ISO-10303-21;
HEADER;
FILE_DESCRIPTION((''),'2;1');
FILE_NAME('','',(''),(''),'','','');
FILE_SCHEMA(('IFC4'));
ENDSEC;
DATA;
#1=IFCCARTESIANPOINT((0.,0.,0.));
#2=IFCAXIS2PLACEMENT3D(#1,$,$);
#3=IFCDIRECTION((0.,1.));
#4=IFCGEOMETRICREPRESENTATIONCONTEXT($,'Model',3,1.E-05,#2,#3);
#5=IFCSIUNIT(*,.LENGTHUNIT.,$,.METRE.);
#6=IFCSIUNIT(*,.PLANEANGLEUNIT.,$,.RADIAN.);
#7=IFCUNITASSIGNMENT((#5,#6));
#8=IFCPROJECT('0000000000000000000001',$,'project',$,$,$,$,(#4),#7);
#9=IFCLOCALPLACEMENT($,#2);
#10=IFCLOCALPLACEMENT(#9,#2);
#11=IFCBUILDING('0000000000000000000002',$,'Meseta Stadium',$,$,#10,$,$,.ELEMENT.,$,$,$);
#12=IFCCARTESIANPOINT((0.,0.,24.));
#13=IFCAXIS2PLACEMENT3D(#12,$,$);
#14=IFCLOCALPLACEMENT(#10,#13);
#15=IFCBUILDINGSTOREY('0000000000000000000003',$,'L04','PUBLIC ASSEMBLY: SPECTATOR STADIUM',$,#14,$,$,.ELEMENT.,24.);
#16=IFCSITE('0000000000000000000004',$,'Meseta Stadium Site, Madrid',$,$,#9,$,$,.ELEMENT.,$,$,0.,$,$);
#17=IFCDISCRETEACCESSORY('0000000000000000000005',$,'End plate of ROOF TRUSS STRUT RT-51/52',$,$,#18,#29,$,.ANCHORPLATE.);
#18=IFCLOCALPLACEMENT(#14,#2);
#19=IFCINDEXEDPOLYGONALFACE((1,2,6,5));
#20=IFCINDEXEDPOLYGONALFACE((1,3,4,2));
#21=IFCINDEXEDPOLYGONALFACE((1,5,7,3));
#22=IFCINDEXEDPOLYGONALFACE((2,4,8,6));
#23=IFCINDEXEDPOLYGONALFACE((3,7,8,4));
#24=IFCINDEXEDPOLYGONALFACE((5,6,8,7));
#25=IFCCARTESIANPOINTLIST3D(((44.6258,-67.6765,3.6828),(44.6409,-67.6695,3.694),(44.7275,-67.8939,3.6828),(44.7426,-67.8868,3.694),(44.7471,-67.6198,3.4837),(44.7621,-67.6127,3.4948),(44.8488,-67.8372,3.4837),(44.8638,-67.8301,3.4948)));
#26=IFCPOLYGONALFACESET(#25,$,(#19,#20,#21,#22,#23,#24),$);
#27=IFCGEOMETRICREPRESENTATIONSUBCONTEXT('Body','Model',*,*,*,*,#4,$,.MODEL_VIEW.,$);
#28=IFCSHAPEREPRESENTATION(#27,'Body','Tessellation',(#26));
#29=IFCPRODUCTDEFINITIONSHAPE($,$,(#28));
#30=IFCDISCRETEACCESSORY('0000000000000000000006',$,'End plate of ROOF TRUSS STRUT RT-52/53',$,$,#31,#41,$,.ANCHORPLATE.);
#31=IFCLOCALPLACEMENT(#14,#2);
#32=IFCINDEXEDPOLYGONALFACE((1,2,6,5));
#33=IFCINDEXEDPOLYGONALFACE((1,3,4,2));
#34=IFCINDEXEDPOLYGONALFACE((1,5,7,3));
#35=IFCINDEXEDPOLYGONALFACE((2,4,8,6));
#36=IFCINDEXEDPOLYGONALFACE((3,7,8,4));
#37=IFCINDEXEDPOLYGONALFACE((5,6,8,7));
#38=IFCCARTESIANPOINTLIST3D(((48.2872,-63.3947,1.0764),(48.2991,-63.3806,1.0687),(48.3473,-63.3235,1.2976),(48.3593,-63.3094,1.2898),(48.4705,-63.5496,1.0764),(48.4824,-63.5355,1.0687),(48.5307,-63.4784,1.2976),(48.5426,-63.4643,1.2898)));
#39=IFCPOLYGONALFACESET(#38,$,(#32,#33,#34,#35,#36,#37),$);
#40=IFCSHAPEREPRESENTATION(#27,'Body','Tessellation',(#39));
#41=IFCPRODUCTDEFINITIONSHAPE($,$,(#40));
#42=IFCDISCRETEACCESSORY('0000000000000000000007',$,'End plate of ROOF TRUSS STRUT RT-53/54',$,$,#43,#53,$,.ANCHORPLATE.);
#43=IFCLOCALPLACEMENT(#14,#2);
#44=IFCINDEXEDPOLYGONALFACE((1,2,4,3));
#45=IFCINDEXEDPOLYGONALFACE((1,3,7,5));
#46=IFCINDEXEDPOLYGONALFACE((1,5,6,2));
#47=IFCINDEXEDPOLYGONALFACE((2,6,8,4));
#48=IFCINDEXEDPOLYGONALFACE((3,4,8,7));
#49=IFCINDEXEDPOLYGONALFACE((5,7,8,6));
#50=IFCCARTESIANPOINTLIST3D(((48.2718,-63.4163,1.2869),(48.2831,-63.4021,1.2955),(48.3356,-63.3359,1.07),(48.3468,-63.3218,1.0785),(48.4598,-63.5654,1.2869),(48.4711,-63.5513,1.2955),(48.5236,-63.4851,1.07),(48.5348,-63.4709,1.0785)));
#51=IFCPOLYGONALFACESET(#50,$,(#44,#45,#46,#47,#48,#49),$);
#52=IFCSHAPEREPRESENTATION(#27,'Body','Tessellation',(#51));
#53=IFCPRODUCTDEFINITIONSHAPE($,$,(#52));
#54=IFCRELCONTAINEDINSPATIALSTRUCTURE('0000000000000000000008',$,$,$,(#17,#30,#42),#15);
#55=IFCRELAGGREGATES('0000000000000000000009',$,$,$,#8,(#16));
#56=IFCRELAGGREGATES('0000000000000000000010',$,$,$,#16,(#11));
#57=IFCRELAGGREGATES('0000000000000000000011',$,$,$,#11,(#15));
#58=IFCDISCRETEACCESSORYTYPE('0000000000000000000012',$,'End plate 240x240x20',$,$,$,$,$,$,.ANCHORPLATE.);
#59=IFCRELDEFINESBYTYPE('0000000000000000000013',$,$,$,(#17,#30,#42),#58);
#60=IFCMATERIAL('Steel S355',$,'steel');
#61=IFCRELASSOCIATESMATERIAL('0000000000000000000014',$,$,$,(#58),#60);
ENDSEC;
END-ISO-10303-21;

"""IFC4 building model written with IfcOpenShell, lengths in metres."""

from ifc_helpers import new_model, si_unit, direction, frame, origin, origin_2d, place, context, subcontext, project, spatial, rectangle, extrude, material, material_profile, profile_set, type_object, element, save


model = new_model("IFC4")

# Units and contexts
model_context = context("Model", 3, precision=1e-05, world=origin(), true_north=direction((0.0, 1.0)))
body_context = subcontext(model_context, "Body", "Model", "MODEL_VIEW")
ifc_project = project(units=[si_unit("LENGTHUNIT", "METRE"), si_unit("PLANEANGLEUNIT", "RADIAN")], contexts=[model_context])

# Site, building, storey
site_placement = place(None, origin())
site = spatial("IfcSite", under=ifc_project, at=site_placement, Name="Meseta Stadium Site, Madrid", CompositionType="ELEMENT", RefElevation=0.0)
building_placement = place(site_placement, origin())
building = spatial("IfcBuilding", under=site, at=building_placement, Name="Meseta Stadium", CompositionType="ELEMENT")
storey_placement = place(building_placement, frame((0.0, 0.0, 24.0)))
storey = spatial("IfcBuildingStorey", under=building, at=storey_placement, Name="L04", Description="PUBLIC ASSEMBLY: SPECTATOR STADIUM", CompositionType="ELEMENT", Elevation=24.0)

# Discrete accessories
ifc_material_1 = material(Name="Steel S355", Category="steel")
ifc_material_profile_1 = material_profile(ifc_material_1, rectangle(XDim=0.24, YDim=0.24, at=origin_2d()), Name="PL 240x240")
ifc_profile_set_1 = profile_set([ifc_material_profile_1], Name="Steel S355")
discrete_accessory_type_1 = type_object("IfcDiscreteAccessoryType", Name="End plate 240x240x20", PredefinedType="ANCHORPLATE", material=ifc_profile_set_1)
for number, where, z_axis, x_axis, name in (
    (1, (44.7373, -67.7568, 3.5833), (0.751805, 0.351651, 0.557791), (-0.423685, 0.90581, 0.0), "End plate of ROOF TRUSS STRUT RT-51/52"),
    (2, (48.4089, -63.4365, 1.187), (0.594693, 0.703923, -0.388371), (-0.763886, 0.645352, 0.0), "End plate of ROOF TRUSS STRUT RT-52/53"),
    (3, (48.3977, -63.4507, 1.1785), (0.56177, 0.708319, 0.427434), (-0.783498, 0.621395, 0.0), "End plate of ROOF TRUSS STRUT RT-53/54"),
):
    element("IfcDiscreteAccessory", number, at=place(storey_placement, frame(where, z_axis=z_axis, x_axis=x_axis)), inside=storey, type_object=discrete_accessory_type_1, Name=name, PredefinedType="ANCHORPLATE", context=body_context, shape_type="SweptSolid", body=[
        extrude(rectangle(XDim=0.24, YDim=0.24, at=origin_2d()), origin(), (0.0, 0.0, 1.0), 0.02),
    ])

save(model, "model.ifc")
